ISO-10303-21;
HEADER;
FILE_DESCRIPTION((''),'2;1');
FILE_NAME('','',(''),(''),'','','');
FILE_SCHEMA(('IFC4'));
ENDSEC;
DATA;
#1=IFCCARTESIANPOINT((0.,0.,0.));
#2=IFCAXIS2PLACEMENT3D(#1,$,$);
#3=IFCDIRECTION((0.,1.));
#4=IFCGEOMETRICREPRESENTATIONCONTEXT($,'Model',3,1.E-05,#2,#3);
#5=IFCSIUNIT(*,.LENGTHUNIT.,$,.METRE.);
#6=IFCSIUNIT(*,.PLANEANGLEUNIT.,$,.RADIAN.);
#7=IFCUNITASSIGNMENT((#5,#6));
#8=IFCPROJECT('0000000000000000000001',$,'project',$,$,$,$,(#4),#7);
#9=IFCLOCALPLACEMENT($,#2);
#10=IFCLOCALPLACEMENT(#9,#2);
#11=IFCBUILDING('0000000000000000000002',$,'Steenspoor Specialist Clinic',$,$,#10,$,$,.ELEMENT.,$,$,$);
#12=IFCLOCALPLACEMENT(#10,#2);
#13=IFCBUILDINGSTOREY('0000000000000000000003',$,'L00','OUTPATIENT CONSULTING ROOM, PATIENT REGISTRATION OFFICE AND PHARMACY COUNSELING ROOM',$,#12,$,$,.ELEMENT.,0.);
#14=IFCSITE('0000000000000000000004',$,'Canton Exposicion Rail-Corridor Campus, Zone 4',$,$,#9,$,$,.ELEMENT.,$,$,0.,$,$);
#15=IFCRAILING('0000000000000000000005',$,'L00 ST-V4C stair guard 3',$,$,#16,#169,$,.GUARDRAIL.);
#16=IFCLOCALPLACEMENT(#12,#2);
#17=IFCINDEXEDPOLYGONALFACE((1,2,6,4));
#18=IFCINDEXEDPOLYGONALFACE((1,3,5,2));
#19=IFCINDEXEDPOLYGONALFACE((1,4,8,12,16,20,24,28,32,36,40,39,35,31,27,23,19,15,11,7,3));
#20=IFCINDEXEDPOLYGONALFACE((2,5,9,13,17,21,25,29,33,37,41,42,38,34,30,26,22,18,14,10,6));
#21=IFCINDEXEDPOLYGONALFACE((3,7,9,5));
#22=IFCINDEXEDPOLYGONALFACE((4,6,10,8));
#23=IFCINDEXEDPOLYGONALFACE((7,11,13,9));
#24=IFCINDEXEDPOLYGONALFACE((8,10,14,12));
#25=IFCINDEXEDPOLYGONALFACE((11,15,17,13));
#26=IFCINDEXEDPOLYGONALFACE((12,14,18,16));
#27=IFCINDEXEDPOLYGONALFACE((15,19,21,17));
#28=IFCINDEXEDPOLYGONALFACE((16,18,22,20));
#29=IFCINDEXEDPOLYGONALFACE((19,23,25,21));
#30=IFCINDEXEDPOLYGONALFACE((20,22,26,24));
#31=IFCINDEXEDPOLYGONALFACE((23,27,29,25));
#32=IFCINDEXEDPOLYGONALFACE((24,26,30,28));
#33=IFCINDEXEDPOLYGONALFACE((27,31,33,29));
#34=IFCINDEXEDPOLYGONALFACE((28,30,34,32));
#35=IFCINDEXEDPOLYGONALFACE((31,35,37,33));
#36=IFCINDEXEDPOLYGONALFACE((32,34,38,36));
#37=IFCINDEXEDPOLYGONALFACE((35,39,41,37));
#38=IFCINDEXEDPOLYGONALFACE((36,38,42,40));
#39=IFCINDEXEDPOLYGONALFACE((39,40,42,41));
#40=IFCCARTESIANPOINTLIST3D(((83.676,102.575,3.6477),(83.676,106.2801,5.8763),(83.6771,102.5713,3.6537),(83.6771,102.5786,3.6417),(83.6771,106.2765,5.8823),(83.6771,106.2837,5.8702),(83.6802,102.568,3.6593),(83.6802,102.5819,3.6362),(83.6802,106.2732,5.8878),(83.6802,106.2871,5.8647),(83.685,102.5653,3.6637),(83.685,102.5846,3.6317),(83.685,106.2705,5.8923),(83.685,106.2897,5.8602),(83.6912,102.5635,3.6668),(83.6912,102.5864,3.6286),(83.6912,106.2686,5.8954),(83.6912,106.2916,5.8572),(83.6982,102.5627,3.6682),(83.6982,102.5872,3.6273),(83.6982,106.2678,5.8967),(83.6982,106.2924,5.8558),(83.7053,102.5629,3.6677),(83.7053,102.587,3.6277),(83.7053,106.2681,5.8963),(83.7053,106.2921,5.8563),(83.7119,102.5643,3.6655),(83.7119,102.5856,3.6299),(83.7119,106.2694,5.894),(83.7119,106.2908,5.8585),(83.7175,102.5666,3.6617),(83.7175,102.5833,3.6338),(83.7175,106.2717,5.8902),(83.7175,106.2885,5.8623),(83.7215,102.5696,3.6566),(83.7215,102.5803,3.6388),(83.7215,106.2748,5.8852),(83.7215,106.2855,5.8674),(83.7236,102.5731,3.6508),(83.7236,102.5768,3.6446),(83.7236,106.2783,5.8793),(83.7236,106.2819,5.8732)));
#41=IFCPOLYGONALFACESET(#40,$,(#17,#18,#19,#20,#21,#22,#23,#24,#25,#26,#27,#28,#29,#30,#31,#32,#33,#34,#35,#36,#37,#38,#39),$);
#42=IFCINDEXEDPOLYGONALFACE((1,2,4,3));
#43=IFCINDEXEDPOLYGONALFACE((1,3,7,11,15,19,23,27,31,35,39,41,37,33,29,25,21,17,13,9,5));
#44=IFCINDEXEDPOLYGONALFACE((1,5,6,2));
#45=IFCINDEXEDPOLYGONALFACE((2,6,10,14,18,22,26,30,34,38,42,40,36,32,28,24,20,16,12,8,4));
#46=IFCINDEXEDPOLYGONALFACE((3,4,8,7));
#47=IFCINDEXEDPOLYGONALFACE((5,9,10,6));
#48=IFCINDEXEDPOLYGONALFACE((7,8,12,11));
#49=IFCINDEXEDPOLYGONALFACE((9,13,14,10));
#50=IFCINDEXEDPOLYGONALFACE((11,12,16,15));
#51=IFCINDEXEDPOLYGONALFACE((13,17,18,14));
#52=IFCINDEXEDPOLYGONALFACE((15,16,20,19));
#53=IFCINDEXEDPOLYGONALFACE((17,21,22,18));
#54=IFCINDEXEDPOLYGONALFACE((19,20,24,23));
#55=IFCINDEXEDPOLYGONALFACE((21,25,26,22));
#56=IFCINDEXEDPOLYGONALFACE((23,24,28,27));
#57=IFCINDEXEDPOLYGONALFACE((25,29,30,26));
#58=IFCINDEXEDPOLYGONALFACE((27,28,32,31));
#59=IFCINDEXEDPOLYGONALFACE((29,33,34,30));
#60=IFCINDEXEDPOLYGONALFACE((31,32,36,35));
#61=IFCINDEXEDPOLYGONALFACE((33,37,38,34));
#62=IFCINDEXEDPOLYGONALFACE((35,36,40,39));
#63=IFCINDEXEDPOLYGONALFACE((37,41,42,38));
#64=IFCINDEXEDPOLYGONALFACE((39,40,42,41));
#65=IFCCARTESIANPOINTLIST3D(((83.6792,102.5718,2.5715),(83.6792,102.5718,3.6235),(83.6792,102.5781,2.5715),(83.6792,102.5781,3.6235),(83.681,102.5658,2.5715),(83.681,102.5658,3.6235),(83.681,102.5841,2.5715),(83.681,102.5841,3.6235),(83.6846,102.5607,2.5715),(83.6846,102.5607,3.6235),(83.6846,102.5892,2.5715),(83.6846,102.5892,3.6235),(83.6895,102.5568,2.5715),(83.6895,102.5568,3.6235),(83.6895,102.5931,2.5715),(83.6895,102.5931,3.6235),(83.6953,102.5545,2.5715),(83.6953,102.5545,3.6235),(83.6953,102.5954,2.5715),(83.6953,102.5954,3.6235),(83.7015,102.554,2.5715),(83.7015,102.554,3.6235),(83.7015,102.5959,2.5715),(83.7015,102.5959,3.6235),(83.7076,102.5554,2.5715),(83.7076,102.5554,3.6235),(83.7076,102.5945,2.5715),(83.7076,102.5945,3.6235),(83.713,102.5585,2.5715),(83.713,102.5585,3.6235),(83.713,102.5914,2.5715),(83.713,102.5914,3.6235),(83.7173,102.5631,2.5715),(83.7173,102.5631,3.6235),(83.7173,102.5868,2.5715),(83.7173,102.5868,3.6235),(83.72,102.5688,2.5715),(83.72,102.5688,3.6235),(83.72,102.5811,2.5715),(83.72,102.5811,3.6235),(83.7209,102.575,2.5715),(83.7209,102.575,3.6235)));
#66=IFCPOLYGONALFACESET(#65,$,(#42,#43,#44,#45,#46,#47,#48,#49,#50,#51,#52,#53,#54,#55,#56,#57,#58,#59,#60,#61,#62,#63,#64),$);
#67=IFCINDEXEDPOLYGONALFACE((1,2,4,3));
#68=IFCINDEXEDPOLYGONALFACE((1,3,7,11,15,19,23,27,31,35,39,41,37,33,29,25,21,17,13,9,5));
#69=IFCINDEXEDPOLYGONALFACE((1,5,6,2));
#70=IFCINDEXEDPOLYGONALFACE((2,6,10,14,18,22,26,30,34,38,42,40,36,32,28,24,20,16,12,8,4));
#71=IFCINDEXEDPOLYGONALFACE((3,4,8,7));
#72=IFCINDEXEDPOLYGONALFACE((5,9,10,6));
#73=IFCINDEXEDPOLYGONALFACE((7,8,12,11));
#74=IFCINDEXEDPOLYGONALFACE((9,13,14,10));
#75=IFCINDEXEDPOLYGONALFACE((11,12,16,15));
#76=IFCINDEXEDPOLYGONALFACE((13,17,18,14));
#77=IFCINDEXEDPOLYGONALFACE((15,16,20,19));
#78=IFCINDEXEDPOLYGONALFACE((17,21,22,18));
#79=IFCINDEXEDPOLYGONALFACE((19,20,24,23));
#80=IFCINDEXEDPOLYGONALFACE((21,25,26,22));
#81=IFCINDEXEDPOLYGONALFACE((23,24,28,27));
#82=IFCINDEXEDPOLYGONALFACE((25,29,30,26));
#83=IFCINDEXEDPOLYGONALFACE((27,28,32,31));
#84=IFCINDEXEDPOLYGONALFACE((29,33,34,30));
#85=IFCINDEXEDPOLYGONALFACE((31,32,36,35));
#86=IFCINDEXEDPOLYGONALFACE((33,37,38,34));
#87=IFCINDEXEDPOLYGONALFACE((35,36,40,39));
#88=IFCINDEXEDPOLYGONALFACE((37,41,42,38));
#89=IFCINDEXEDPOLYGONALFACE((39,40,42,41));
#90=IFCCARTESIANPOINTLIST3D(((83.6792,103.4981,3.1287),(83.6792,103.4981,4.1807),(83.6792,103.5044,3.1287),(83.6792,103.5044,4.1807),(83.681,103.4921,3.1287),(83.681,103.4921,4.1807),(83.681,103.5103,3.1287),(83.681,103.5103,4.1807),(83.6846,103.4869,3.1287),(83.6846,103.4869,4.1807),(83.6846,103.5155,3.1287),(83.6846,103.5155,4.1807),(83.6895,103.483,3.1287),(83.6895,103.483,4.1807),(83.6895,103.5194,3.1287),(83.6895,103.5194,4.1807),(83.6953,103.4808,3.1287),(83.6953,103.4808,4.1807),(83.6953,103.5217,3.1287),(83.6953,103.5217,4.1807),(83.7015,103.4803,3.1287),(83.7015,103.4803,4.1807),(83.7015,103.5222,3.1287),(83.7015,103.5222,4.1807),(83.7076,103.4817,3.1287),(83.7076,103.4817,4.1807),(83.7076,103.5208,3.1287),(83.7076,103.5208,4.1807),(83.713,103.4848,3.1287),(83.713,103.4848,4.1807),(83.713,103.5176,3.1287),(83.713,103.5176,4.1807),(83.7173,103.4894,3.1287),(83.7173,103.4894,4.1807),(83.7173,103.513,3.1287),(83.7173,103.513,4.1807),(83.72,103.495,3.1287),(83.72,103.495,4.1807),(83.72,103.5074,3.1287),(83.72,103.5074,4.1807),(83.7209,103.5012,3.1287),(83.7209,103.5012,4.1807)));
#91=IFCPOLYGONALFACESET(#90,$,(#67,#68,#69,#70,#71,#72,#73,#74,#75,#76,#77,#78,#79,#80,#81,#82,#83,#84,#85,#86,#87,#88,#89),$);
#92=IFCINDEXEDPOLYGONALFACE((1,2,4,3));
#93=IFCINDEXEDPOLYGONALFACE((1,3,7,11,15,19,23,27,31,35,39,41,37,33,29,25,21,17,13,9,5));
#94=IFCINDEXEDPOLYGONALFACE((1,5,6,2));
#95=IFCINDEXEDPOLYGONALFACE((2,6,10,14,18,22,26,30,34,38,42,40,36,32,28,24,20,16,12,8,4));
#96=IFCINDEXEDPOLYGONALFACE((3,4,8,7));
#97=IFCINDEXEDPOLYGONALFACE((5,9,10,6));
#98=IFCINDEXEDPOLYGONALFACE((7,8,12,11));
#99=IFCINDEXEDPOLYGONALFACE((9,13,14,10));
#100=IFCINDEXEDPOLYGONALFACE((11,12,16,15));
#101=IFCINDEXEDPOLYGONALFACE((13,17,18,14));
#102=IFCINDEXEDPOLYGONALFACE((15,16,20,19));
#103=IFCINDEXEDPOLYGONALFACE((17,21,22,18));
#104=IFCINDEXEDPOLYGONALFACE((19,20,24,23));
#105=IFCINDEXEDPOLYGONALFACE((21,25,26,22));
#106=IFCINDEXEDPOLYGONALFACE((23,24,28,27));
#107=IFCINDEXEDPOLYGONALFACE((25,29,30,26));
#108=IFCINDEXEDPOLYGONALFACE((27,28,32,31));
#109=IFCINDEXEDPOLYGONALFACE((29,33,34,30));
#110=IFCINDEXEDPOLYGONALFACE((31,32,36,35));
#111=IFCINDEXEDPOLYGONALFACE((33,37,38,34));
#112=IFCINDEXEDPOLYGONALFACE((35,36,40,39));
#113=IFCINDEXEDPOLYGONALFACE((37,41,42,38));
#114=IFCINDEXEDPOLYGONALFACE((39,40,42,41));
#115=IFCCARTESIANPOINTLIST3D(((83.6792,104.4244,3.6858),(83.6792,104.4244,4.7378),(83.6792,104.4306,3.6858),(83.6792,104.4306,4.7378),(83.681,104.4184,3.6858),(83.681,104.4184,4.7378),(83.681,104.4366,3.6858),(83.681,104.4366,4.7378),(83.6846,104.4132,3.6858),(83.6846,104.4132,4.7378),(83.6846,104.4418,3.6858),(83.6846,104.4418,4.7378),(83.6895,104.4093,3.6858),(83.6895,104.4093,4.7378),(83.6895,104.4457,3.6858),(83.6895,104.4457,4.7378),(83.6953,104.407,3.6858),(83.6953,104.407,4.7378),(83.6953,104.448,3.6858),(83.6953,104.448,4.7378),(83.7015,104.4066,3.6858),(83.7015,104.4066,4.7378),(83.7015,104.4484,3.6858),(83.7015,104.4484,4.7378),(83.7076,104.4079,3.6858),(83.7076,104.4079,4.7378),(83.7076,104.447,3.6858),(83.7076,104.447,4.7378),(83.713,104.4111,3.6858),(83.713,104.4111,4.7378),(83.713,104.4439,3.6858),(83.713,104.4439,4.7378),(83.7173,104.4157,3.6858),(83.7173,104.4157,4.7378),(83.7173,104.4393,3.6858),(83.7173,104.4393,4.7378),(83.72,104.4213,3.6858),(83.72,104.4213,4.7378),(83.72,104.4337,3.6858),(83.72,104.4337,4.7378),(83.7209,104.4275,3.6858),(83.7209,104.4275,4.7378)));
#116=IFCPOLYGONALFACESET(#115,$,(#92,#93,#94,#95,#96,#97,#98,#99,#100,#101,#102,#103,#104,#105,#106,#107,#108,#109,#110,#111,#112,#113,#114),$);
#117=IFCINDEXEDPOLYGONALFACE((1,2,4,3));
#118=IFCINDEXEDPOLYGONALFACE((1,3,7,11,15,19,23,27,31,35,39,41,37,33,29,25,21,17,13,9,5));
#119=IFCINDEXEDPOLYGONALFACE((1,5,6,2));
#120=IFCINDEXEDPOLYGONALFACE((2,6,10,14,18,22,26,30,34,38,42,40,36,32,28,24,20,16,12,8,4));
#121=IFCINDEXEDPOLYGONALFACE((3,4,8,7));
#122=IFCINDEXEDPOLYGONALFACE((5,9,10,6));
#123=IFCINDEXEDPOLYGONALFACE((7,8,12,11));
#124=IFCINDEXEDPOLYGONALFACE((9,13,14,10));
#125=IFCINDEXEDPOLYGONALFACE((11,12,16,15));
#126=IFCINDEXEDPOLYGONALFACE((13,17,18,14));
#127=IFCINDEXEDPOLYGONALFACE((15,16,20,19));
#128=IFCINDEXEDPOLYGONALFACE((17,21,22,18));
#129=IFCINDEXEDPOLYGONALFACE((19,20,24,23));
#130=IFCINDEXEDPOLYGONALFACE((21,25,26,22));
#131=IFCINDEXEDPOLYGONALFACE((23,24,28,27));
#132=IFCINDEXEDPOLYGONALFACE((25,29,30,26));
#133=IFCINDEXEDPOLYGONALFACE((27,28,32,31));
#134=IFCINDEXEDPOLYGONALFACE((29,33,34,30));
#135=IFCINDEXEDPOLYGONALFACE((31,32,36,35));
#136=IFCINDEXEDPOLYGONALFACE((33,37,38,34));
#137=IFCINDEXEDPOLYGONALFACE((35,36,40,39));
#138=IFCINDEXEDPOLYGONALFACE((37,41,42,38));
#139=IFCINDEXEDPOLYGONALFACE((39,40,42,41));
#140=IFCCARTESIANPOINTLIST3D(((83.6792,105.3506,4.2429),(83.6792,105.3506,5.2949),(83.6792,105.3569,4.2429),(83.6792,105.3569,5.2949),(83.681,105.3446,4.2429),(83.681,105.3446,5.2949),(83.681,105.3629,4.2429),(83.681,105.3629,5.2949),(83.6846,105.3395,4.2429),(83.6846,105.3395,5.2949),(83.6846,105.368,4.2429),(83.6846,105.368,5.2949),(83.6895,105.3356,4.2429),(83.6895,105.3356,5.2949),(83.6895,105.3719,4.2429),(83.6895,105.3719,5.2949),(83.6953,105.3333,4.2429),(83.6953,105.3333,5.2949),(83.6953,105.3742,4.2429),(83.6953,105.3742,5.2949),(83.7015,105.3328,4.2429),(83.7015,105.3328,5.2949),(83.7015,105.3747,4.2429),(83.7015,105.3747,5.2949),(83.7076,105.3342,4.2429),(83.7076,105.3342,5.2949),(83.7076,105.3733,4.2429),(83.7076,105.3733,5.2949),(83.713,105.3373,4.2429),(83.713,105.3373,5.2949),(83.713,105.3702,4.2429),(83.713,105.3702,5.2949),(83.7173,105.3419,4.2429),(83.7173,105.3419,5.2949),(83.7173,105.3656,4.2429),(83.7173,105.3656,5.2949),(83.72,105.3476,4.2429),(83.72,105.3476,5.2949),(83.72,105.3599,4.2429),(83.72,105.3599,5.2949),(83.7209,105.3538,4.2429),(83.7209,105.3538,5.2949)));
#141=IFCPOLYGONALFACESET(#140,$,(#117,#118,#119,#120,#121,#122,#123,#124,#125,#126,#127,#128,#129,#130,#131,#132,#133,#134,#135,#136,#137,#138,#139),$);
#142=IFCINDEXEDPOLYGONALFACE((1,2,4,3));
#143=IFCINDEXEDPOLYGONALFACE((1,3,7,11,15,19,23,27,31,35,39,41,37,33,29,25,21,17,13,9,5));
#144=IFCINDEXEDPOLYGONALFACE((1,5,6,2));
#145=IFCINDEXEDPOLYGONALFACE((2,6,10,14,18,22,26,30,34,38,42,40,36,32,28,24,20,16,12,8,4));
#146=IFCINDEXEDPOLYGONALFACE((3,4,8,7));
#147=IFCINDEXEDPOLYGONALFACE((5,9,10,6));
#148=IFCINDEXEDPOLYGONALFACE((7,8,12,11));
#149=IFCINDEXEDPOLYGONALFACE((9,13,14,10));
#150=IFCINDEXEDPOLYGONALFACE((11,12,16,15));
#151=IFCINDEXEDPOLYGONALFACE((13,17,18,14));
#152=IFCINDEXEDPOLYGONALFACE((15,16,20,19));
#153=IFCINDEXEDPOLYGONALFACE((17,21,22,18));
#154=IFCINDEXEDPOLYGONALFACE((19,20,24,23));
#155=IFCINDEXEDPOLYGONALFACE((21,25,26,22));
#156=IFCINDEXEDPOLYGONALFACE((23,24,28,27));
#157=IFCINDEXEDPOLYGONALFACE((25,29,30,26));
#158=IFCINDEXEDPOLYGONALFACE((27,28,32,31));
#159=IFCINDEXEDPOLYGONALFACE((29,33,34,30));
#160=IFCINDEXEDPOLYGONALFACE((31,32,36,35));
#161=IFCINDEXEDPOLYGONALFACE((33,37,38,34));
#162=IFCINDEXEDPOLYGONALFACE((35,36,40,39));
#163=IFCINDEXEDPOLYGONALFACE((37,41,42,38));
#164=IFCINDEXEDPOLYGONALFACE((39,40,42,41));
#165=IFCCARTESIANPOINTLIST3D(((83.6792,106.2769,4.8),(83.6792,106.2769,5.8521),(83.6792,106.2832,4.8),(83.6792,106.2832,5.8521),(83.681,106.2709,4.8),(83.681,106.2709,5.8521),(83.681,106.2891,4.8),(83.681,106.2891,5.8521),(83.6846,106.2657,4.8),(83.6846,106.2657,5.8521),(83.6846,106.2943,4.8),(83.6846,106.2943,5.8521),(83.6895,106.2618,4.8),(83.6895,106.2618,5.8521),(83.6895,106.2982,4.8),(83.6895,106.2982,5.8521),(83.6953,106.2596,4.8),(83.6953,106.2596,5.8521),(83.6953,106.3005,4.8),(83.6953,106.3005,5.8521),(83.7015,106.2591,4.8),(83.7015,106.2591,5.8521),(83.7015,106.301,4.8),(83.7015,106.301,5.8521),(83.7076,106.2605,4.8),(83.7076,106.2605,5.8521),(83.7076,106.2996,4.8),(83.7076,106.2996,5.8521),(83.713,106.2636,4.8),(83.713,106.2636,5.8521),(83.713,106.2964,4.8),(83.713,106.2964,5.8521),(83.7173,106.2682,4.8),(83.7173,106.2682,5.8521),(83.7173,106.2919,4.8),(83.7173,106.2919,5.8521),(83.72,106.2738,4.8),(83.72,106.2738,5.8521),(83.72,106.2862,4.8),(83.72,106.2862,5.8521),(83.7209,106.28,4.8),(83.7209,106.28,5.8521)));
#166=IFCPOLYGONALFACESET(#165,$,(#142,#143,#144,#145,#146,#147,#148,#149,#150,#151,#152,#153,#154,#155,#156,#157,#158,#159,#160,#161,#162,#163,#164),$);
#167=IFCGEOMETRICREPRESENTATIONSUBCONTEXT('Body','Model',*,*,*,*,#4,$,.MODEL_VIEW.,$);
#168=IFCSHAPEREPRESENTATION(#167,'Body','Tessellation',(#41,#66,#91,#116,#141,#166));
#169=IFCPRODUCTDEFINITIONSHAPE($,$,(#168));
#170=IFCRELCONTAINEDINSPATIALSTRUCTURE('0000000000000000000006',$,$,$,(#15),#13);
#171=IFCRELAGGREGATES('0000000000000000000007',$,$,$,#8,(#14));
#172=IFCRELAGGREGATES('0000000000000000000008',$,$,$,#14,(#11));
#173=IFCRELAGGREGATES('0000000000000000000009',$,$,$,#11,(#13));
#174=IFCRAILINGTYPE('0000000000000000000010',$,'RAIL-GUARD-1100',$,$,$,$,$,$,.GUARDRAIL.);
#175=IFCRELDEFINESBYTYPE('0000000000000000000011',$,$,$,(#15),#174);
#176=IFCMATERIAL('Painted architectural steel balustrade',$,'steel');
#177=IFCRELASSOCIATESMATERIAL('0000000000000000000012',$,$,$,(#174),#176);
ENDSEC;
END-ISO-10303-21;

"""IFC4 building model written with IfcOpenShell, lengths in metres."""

from ifc_helpers import new_model, si_unit, direction, frame, origin, origin_2d, place, context, subcontext, project, spatial, circle, extrude, material, type_object, element, save


model = new_model("IFC4")

# Units and contexts
model_context = context("Model", 3, precision=1e-05, world=origin(), true_north=direction((0.0, 1.0)))
body_context = subcontext(model_context, "Body", "Model", "MODEL_VIEW")
ifc_project = project(units=[si_unit("LENGTHUNIT", "METRE"), si_unit("PLANEANGLEUNIT", "RADIAN")], contexts=[model_context])

# Site, building, storey
site_placement = place(None, origin())
site = spatial("IfcSite", under=ifc_project, at=site_placement, Name="Canton Exposicion Rail-Corridor Campus, Zone 4", CompositionType="ELEMENT", RefElevation=0.0)
building_placement = place(site_placement, origin())
building = spatial("IfcBuilding", under=site, at=building_placement, Name="Steenspoor Specialist Clinic", CompositionType="ELEMENT")
storey_placement = place(building_placement, origin())
storey = spatial("IfcBuildingStorey", under=building, at=storey_placement, Name="L00", Description="OUTPATIENT CONSULTING ROOM, PATIENT REGISTRATION OFFICE AND PHARMACY COUNSELING ROOM", CompositionType="ELEMENT", Elevation=0.0)

# Railing
ifc_material_1 = material(Name="Painted architectural steel balustrade", Category="steel")
railing_type_1 = type_object("IfcRailingType", Name="RAIL-GUARD-1100", PredefinedType="GUARDRAIL", material=ifc_material_1)
railing_1_placement = place(storey_placement, frame((83.7, 102.575, 2.5715)))
element("IfcRailing", 1, at=railing_1_placement, inside=storey, type_object=railing_type_1, Name="L00 ST-V4C stair guard 3", PredefinedType="GUARDRAIL", context=body_context, shape_type="SweptSolid", body=[
    extrude(circle(Radius=0.0239, at=origin_2d()), frame((0.0, 0.0, 1.0762), z_axis=(0.0, 0.856934, 0.515425), x_axis=(-1.0, 0.0, 0.0)), (0.0, 0.0, 1.0), 4.3237),
    extrude(circle(Radius=0.021, at=origin_2d()), origin(), (0.0, 0.0, 1.0), 1.052),
    extrude(circle(Radius=0.021, at=origin_2d()), frame((0.0, 0.9263, 0.5571)), (0.0, 0.0, 1.0), 1.052),
    extrude(circle(Radius=0.021, at=origin_2d()), frame((0.0, 1.8525, 1.1143)), (0.0, 0.0, 1.0), 1.052),
    extrude(circle(Radius=0.021, at=origin_2d()), frame((0.0, 2.7788, 1.6714)), (0.0, 0.0, 1.0), 1.052),
    extrude(circle(Radius=0.021, at=origin_2d()), frame((0.0, 3.7051, 2.2285)), (0.0, 0.0, 1.0), 1.052),
])

save(model, "model.ifc")
